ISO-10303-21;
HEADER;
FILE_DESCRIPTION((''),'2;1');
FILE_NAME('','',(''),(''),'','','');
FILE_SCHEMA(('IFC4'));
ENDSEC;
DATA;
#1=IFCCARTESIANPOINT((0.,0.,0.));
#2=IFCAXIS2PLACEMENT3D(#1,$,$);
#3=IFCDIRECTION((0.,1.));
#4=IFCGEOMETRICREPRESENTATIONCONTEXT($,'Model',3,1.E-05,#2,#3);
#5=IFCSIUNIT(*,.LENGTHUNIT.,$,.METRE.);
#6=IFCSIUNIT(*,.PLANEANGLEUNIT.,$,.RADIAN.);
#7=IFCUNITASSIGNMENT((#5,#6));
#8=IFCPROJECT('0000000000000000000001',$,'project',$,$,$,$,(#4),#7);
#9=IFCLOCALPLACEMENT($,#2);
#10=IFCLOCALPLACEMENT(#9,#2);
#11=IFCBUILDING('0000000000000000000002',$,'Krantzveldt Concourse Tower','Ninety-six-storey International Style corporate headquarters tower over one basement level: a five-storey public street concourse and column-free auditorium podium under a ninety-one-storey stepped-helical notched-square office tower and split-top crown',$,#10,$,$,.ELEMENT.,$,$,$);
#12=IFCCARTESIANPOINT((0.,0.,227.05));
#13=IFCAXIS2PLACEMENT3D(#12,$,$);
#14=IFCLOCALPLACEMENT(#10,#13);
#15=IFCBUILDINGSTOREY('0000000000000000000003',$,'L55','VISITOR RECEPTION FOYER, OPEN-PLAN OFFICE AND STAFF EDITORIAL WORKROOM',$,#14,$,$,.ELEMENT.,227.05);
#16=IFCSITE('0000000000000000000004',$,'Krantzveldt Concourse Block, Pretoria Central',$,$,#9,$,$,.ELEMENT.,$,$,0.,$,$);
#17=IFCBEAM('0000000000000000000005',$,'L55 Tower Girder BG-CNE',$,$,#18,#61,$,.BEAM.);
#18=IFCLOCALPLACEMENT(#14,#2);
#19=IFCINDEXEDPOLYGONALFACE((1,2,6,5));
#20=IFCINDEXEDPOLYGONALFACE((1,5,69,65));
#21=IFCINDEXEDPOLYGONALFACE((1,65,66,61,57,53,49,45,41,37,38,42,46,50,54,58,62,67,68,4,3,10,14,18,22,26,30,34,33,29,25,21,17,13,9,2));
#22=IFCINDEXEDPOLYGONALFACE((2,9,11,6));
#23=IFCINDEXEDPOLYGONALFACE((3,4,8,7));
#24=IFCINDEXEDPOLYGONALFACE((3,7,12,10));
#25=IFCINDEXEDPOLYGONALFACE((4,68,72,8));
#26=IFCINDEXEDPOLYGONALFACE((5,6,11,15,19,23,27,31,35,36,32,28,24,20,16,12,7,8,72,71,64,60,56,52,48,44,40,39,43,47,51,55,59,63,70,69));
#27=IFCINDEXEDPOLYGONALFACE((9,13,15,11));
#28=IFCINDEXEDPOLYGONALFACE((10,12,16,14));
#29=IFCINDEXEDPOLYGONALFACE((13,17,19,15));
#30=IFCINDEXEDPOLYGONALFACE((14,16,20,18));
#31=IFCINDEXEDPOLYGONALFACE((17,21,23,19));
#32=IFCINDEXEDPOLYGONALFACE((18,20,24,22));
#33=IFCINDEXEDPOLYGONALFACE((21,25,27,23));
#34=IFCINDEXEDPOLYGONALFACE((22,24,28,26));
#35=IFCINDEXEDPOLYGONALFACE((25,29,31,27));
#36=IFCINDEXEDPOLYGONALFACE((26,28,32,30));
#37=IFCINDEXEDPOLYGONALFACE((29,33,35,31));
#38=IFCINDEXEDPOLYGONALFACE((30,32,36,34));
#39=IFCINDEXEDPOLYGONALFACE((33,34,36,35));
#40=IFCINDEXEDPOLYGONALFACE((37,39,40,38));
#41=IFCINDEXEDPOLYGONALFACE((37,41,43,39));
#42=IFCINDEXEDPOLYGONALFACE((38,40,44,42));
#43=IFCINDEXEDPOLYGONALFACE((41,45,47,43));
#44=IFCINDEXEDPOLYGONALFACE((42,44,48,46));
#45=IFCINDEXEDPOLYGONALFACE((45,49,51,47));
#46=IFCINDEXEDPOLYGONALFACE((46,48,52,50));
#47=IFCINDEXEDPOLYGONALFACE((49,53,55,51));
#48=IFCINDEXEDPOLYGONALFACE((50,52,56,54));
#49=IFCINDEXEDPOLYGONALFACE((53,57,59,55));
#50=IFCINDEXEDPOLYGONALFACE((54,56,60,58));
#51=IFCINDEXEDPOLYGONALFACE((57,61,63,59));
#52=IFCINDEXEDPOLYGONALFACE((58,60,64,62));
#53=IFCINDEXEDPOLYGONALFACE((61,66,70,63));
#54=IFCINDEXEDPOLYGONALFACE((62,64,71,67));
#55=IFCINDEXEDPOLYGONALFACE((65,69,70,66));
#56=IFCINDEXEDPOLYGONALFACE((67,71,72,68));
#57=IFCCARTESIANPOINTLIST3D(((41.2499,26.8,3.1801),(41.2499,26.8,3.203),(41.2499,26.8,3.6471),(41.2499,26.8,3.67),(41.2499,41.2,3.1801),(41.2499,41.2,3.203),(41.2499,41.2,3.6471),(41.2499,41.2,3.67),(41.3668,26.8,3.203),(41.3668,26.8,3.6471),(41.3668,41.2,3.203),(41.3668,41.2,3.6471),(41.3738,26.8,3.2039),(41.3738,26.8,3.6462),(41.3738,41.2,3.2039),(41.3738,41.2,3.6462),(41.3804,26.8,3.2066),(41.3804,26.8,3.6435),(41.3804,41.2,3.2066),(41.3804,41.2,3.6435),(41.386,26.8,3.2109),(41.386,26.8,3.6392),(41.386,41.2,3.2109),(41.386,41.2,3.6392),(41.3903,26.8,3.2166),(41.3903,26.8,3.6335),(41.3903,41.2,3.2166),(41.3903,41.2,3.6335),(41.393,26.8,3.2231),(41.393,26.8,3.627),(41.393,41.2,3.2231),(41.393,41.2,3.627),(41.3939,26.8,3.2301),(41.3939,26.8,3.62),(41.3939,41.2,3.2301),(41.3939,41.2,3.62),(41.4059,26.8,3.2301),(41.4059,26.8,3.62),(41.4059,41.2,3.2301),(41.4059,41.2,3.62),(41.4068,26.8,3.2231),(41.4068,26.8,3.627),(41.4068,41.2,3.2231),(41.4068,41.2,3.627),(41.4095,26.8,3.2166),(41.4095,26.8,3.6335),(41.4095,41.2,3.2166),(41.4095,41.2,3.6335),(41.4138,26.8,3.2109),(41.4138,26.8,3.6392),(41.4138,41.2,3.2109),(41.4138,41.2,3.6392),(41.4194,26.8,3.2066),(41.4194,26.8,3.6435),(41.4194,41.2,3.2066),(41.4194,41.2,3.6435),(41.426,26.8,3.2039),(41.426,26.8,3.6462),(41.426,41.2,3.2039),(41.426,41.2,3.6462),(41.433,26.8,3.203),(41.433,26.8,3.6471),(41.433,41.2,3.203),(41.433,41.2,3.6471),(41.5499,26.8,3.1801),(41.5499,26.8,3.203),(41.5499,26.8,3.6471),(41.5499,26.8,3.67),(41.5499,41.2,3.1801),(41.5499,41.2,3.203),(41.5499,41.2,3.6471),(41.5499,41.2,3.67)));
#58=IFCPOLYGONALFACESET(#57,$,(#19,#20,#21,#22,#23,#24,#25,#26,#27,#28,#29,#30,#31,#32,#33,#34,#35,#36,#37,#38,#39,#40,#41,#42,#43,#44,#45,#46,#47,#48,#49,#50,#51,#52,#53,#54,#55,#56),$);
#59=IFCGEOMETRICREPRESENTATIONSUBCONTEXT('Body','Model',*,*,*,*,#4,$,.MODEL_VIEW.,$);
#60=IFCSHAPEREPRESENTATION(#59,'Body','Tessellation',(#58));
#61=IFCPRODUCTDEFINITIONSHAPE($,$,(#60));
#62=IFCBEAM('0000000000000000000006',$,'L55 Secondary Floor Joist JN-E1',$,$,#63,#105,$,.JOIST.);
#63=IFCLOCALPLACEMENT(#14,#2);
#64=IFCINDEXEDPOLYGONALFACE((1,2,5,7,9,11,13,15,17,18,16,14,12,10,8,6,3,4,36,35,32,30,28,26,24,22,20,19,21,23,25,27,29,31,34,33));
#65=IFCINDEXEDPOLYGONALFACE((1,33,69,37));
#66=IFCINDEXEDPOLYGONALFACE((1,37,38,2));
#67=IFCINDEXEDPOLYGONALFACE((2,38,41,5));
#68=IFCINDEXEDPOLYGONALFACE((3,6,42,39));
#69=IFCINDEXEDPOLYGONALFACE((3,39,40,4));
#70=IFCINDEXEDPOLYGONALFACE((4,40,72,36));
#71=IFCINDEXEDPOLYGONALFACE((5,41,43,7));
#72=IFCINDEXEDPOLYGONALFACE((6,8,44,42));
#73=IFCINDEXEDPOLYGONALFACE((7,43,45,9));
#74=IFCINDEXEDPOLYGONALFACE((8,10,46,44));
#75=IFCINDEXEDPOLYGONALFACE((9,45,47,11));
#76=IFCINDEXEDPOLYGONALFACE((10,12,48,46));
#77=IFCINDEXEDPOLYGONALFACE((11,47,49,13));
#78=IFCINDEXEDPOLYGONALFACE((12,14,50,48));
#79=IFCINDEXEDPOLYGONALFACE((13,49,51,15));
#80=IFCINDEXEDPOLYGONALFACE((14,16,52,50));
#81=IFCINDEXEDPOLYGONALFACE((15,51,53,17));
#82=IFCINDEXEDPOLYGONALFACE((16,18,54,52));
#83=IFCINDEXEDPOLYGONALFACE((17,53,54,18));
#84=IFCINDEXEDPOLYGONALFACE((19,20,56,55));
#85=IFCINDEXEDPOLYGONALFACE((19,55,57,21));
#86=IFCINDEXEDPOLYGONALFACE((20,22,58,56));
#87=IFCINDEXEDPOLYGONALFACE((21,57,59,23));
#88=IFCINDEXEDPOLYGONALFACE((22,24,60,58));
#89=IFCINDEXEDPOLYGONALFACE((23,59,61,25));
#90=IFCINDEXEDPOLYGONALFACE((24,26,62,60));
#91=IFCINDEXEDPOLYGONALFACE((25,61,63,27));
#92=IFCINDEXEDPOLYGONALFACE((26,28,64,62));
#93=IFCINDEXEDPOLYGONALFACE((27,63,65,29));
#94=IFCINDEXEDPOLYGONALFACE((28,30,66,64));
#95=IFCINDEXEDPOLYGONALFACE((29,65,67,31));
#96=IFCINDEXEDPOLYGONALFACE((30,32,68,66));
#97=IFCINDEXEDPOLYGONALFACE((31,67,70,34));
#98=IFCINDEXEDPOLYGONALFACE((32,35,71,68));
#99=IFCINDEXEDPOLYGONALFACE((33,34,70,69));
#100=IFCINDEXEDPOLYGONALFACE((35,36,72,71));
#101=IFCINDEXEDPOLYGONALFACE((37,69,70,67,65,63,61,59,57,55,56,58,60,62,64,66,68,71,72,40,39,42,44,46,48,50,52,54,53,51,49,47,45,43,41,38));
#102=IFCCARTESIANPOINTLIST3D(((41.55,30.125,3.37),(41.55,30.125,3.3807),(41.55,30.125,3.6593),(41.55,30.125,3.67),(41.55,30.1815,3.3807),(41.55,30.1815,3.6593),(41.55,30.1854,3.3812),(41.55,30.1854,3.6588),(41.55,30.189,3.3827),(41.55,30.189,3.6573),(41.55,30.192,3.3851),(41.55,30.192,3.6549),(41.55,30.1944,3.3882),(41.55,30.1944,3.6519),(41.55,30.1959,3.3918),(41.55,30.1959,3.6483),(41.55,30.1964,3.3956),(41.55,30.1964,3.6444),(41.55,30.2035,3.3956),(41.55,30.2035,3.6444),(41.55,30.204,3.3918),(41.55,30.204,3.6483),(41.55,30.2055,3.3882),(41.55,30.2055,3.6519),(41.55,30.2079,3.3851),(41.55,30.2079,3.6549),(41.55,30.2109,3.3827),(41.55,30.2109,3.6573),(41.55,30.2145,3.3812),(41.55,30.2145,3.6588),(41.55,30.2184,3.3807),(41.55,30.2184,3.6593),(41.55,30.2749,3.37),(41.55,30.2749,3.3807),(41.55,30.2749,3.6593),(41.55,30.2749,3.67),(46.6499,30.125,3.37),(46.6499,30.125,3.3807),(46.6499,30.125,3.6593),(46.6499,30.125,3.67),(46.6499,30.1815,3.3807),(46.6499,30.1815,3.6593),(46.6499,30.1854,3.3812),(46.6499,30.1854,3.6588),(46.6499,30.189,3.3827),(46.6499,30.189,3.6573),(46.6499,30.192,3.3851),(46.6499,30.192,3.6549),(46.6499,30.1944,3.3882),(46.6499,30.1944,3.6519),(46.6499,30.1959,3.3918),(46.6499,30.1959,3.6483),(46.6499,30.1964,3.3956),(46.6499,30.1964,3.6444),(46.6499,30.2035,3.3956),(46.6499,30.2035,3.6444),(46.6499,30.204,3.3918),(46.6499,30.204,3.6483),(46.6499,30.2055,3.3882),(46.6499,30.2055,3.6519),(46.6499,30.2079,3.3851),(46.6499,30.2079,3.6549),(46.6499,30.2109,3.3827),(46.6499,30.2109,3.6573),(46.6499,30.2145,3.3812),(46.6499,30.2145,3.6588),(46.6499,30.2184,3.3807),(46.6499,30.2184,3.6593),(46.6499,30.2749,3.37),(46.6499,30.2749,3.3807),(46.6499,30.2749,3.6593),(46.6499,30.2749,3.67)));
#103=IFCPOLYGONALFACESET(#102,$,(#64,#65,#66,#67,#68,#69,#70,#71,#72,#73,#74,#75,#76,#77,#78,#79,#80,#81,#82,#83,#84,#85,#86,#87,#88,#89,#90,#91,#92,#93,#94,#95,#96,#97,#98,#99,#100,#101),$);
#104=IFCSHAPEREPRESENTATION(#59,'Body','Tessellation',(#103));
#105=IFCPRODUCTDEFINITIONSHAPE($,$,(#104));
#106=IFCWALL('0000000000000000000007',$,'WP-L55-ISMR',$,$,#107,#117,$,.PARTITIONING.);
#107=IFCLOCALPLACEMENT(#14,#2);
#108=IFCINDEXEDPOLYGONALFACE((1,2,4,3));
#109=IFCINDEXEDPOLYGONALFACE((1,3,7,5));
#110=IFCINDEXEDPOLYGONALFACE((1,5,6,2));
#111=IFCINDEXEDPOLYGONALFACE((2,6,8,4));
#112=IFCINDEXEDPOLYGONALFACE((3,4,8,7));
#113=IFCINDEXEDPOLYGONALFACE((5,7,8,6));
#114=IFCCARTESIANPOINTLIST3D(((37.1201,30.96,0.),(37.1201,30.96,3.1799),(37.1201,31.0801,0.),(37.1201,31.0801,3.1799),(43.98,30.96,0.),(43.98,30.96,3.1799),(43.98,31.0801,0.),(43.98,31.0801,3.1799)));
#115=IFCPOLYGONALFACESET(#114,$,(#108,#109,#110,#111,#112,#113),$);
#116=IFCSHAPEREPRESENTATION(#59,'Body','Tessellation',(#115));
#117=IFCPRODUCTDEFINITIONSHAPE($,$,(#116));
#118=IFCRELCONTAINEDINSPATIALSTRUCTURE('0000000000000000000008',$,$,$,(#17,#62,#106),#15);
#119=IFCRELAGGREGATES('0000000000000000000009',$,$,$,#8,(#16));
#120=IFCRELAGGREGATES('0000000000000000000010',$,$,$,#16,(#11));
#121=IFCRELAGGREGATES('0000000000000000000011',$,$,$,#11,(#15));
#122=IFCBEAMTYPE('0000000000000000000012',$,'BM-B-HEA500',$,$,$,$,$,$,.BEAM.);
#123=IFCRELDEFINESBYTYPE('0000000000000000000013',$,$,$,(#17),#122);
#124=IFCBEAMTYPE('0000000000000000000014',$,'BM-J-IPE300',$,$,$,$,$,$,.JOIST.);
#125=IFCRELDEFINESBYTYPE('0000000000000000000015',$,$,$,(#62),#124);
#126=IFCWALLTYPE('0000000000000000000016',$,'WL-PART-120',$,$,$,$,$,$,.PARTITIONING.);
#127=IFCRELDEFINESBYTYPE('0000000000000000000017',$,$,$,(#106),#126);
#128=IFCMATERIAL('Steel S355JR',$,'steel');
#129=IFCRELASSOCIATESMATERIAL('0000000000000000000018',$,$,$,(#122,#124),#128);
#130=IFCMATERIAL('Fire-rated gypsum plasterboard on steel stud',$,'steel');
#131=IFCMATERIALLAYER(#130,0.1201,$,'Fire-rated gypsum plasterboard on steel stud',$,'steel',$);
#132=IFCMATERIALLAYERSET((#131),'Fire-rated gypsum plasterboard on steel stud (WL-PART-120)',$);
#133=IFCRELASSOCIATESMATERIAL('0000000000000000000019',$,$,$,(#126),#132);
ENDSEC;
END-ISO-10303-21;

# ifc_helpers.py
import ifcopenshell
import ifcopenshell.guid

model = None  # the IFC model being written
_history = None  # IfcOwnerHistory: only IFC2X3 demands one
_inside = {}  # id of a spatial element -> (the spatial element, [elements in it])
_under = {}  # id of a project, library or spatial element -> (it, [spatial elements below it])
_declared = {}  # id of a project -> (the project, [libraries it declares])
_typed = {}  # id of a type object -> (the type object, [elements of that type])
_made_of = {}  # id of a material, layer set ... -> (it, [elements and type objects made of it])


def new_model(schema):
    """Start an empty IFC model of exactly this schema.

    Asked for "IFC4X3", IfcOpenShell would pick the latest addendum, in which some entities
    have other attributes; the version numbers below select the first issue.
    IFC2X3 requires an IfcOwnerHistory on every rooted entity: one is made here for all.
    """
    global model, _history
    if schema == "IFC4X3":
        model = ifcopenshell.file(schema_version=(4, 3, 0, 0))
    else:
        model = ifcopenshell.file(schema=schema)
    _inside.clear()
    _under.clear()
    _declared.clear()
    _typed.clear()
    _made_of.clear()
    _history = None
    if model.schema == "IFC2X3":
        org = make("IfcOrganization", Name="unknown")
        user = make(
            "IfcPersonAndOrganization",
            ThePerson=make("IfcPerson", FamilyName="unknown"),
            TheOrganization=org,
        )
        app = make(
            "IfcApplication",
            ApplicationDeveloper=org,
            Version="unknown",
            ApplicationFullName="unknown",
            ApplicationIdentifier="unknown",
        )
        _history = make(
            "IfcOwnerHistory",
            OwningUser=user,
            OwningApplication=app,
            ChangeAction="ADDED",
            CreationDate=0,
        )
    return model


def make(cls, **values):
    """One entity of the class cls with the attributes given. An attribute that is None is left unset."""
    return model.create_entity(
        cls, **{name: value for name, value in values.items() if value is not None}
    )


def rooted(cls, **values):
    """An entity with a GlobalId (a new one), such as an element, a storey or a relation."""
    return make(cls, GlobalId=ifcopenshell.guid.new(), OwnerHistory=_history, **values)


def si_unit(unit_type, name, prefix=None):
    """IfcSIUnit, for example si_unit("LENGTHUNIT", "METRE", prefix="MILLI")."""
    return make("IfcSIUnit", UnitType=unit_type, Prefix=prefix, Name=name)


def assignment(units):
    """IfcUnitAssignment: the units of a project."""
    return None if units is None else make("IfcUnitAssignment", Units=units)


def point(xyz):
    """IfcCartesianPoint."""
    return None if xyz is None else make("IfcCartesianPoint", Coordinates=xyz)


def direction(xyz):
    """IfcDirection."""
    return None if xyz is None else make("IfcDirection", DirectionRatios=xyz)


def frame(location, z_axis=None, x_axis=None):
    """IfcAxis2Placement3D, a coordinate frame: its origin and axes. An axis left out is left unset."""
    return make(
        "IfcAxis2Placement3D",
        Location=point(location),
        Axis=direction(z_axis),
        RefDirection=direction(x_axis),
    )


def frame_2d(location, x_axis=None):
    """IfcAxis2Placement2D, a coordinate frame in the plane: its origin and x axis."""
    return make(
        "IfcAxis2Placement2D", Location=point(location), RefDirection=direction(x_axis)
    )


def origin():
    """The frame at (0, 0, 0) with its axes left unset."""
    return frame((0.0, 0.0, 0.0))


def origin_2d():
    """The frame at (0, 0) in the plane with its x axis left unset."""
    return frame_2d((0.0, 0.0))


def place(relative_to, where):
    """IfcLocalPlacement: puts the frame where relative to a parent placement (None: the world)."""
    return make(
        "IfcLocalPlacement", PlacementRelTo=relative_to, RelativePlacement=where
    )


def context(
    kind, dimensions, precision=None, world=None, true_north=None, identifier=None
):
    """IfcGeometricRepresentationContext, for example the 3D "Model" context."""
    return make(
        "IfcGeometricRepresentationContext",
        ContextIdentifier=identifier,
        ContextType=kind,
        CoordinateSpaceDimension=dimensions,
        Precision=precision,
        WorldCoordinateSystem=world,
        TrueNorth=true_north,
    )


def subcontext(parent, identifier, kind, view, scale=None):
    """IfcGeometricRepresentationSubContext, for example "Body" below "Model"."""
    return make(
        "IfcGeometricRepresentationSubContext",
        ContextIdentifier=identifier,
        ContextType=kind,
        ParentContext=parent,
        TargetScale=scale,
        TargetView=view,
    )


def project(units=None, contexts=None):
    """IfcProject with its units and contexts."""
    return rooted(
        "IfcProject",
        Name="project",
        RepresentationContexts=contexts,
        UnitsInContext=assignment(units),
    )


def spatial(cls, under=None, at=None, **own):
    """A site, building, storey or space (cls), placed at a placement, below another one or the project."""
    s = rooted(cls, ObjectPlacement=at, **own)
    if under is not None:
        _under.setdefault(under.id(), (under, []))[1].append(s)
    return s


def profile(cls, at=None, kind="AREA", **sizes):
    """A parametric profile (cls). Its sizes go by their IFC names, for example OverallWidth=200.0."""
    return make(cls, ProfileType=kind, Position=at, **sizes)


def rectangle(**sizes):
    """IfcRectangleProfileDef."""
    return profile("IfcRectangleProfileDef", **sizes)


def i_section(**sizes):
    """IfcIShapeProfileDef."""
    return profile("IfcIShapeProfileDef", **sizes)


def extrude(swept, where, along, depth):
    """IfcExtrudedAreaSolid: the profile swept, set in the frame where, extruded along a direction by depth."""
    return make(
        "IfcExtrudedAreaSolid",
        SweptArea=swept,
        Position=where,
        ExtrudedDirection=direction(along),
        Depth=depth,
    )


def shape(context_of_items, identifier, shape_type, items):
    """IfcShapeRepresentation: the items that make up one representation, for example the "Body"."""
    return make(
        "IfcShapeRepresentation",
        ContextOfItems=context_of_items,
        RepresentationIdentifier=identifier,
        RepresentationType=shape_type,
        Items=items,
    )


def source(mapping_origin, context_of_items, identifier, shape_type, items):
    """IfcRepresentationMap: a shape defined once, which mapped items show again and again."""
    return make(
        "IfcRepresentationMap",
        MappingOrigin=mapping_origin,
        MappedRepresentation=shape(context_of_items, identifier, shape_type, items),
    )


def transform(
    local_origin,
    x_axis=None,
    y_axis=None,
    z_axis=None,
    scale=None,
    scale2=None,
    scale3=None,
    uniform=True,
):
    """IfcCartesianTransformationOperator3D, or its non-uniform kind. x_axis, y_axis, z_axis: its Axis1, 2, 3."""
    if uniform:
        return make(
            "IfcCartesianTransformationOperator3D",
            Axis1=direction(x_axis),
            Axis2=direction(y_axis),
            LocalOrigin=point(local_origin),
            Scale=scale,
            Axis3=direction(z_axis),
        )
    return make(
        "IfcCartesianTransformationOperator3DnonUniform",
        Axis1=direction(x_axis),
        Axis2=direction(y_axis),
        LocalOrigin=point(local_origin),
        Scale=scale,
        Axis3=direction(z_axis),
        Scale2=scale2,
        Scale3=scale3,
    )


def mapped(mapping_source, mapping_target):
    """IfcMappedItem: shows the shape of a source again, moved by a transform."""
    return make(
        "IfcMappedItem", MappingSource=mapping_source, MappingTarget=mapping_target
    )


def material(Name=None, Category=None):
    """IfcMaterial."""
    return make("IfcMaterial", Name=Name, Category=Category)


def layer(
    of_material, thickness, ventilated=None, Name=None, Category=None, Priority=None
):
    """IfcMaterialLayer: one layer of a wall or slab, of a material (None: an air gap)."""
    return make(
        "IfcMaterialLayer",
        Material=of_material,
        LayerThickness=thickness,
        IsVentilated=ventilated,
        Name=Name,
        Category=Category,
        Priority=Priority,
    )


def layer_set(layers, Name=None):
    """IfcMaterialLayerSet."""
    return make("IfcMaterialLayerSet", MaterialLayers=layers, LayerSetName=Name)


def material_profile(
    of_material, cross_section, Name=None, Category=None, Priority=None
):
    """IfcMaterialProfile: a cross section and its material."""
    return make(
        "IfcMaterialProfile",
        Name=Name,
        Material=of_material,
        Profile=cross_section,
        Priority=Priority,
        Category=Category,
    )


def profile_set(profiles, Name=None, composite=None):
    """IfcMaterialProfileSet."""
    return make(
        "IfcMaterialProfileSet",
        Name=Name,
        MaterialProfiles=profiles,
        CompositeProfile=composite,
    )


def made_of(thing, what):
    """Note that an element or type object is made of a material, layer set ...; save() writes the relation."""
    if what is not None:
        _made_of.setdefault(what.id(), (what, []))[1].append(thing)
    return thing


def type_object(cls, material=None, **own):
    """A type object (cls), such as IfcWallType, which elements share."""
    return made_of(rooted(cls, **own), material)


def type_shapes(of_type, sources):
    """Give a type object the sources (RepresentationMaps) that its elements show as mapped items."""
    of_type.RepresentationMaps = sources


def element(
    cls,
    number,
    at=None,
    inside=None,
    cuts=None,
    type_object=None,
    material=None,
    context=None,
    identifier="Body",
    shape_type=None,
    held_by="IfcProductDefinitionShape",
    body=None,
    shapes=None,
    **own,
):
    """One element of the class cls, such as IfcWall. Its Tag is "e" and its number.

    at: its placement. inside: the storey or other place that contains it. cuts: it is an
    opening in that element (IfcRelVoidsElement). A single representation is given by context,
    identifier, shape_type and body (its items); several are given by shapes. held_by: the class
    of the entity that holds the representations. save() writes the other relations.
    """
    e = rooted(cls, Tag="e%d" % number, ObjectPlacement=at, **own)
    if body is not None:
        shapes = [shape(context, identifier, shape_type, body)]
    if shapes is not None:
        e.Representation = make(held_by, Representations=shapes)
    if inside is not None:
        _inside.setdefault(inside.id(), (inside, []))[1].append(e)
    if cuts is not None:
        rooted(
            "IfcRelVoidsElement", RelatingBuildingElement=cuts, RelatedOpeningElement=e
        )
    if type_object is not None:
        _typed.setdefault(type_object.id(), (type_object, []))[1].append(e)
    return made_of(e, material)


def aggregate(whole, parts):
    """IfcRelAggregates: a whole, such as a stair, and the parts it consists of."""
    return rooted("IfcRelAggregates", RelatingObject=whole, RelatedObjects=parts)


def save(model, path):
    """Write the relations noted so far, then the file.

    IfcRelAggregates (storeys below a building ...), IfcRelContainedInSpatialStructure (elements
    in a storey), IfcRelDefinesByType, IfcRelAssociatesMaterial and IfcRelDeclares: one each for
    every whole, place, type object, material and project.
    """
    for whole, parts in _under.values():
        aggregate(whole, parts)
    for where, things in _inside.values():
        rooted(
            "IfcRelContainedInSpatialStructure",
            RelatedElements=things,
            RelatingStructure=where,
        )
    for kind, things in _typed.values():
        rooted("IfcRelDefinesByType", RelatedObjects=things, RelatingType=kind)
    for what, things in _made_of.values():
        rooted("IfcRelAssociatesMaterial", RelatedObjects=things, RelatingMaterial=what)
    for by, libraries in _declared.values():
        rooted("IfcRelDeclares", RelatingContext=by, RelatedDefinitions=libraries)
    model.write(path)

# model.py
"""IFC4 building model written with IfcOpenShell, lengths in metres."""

from ifc_helpers import new_model, si_unit, direction, frame, frame_2d, origin, origin_2d, place, context, subcontext, project, spatial, rectangle, i_section, extrude, source, transform, mapped, material, layer, layer_set, material_profile, profile_set, type_object, type_shapes, element, save


model = new_model("IFC4")

# Units and contexts
model_context = context("Model", 3, precision=1e-05, world=origin(), true_north=direction((0.0, 1.0)))
body_context = subcontext(model_context, "Body", "Model", "MODEL_VIEW")
ifc_project = project(units=[si_unit("LENGTHUNIT", "METRE"), si_unit("PLANEANGLEUNIT", "RADIAN")], contexts=[model_context])

# Site, building, storey
site_placement = place(None, origin())
site = spatial("IfcSite", under=ifc_project, at=site_placement, Name="Krantzveldt Concourse Block, Pretoria Central", CompositionType="ELEMENT", RefElevation=0.0)
building_placement = place(site_placement, origin())
building = spatial("IfcBuilding", under=site, at=building_placement, Name="Krantzveldt Concourse Tower", Description="Ninety-six-storey International Style corporate headquarters tower over one basement level: a five-storey public street concourse and column-free auditorium podium under a ninety-one-storey stepped-helical notched-square office tower and split-top crown", CompositionType="ELEMENT")
storey_placement = place(building_placement, frame((0.0, 0.0, 227.05)))
storey = spatial("IfcBuildingStorey", under=building, at=storey_placement, Name="L55", Description="VISITOR RECEPTION FOYER, OPEN-PLAN OFFICE AND STAFF EDITORIAL WORKROOM", CompositionType="ELEMENT", Elevation=227.05)

# Beams
ifc_material_1 = material(Name="Steel S355JR", Category="steel")
ifc_material_profile_1 = material_profile(ifc_material_1, i_section(OverallWidth=0.3, OverallDepth=0.49, WebThickness=0.012, FlangeThickness=0.0229, FilletRadius=0.0271, at=origin_2d()), Name="Steel S355JR", Category="steel")
ifc_profile_set_1 = profile_set([ifc_material_profile_1], Name="Steel S355JR - HEA 500")
beam_type_1 = type_object("IfcBeamType", Name="BM-B-HEA500", PredefinedType="BEAM", material=ifc_profile_set_1)
shared_shape_1 = source(origin(), body_context, "Body", "SweptSolid", [
    extrude(i_section(OverallWidth=0.3, OverallDepth=0.49, WebThickness=0.012, FlangeThickness=0.0229, FilletRadius=0.0271, at=origin_2d()), origin(), (0.0, 0.0, 1.0), 14.3999),
])
type_shapes(beam_type_1, [shared_shape_1])
beam_1_placement = place(storey_placement, frame((41.3999, 26.8, 3.425), z_axis=(0.0, 1.0, 0.0), x_axis=(-1.0, 0.0, 0.0)))
element("IfcBeam", 1, at=beam_1_placement, inside=storey, type_object=beam_type_1, Name="L55 Tower Girder BG-CNE", PredefinedType="BEAM", context=body_context, shape_type="MappedRepresentation", body=[
    mapped(shared_shape_1, transform((0.0, 0.0, 0.0), x_axis=(1.0, 0.0, 0.0), y_axis=(0.0, 1.0, 0.0), z_axis=(0.0, 0.0, 1.0), scale=1.0)),
])
ifc_material_profile_2 = material_profile(ifc_material_1, i_section(OverallWidth=0.1499, OverallDepth=0.3, WebThickness=0.0071, FlangeThickness=0.0107, FilletRadius=0.0149, at=origin_2d()), Name="Steel S355JR", Category="steel")
ifc_profile_set_2 = profile_set([ifc_material_profile_2], Name="Steel S355JR - IPE 300")
beam_type_2 = type_object("IfcBeamType", Name="BM-J-IPE300", PredefinedType="JOIST", material=ifc_profile_set_2)
shared_shape_2 = source(origin(), body_context, "Body", "SweptSolid", [
    extrude(i_section(OverallWidth=0.1499, OverallDepth=0.3, WebThickness=0.0071, FlangeThickness=0.0107, FilletRadius=0.0149, at=origin_2d()), origin(), (0.0, 0.0, 1.0), 5.0999),
])
type_shapes(beam_type_2, [shared_shape_2])
beam_2_placement = place(storey_placement, frame((41.55, 30.2, 3.52), z_axis=(1.0, 0.0, 0.0), x_axis=(0.0, 1.0, 0.0)))
element("IfcBeam", 2, at=beam_2_placement, inside=storey, type_object=beam_type_2, Name="L55 Secondary Floor Joist JN-E1", PredefinedType="JOIST", context=body_context, shape_type="MappedRepresentation", body=[
    mapped(shared_shape_2, transform((0.0, 0.0, 0.0), x_axis=(1.0, 0.0, 0.0), y_axis=(0.0, 1.0, 0.0), z_axis=(0.0, 0.0, 1.0), scale=1.0)),
])

# Wall
ifc_material_2 = material(Name="Fire-rated gypsum plasterboard on steel stud", Category="steel")
ifc_layer_1 = layer(ifc_material_2, 0.1201, Name="Fire-rated gypsum plasterboard on steel stud", Category="steel")
ifc_layer_set_1 = layer_set([ifc_layer_1], Name="Fire-rated gypsum plasterboard on steel stud (WL-PART-120)")
wall_type_1 = type_object("IfcWallType", Name="WL-PART-120", PredefinedType="PARTITIONING", material=ifc_layer_set_1)
wall_1_placement = place(storey_placement, frame((37.1201, 31.02, 0.0), z_axis=(0.0, 0.0, 1.0), x_axis=(1.0, 0.0, 0.0)))
element("IfcWall", 3, at=wall_1_placement, inside=storey, type_object=wall_type_1, Name="WP-L55-ISMR", PredefinedType="PARTITIONING", context=body_context, shape_type="SweptSolid", body=[
    extrude(rectangle(XDim=6.8599, YDim=0.1201, at=frame_2d((3.4299, 0.0))), origin(), (0.0, 0.0, 1.0), 3.1799),
])

save(model, "model.ifc")
